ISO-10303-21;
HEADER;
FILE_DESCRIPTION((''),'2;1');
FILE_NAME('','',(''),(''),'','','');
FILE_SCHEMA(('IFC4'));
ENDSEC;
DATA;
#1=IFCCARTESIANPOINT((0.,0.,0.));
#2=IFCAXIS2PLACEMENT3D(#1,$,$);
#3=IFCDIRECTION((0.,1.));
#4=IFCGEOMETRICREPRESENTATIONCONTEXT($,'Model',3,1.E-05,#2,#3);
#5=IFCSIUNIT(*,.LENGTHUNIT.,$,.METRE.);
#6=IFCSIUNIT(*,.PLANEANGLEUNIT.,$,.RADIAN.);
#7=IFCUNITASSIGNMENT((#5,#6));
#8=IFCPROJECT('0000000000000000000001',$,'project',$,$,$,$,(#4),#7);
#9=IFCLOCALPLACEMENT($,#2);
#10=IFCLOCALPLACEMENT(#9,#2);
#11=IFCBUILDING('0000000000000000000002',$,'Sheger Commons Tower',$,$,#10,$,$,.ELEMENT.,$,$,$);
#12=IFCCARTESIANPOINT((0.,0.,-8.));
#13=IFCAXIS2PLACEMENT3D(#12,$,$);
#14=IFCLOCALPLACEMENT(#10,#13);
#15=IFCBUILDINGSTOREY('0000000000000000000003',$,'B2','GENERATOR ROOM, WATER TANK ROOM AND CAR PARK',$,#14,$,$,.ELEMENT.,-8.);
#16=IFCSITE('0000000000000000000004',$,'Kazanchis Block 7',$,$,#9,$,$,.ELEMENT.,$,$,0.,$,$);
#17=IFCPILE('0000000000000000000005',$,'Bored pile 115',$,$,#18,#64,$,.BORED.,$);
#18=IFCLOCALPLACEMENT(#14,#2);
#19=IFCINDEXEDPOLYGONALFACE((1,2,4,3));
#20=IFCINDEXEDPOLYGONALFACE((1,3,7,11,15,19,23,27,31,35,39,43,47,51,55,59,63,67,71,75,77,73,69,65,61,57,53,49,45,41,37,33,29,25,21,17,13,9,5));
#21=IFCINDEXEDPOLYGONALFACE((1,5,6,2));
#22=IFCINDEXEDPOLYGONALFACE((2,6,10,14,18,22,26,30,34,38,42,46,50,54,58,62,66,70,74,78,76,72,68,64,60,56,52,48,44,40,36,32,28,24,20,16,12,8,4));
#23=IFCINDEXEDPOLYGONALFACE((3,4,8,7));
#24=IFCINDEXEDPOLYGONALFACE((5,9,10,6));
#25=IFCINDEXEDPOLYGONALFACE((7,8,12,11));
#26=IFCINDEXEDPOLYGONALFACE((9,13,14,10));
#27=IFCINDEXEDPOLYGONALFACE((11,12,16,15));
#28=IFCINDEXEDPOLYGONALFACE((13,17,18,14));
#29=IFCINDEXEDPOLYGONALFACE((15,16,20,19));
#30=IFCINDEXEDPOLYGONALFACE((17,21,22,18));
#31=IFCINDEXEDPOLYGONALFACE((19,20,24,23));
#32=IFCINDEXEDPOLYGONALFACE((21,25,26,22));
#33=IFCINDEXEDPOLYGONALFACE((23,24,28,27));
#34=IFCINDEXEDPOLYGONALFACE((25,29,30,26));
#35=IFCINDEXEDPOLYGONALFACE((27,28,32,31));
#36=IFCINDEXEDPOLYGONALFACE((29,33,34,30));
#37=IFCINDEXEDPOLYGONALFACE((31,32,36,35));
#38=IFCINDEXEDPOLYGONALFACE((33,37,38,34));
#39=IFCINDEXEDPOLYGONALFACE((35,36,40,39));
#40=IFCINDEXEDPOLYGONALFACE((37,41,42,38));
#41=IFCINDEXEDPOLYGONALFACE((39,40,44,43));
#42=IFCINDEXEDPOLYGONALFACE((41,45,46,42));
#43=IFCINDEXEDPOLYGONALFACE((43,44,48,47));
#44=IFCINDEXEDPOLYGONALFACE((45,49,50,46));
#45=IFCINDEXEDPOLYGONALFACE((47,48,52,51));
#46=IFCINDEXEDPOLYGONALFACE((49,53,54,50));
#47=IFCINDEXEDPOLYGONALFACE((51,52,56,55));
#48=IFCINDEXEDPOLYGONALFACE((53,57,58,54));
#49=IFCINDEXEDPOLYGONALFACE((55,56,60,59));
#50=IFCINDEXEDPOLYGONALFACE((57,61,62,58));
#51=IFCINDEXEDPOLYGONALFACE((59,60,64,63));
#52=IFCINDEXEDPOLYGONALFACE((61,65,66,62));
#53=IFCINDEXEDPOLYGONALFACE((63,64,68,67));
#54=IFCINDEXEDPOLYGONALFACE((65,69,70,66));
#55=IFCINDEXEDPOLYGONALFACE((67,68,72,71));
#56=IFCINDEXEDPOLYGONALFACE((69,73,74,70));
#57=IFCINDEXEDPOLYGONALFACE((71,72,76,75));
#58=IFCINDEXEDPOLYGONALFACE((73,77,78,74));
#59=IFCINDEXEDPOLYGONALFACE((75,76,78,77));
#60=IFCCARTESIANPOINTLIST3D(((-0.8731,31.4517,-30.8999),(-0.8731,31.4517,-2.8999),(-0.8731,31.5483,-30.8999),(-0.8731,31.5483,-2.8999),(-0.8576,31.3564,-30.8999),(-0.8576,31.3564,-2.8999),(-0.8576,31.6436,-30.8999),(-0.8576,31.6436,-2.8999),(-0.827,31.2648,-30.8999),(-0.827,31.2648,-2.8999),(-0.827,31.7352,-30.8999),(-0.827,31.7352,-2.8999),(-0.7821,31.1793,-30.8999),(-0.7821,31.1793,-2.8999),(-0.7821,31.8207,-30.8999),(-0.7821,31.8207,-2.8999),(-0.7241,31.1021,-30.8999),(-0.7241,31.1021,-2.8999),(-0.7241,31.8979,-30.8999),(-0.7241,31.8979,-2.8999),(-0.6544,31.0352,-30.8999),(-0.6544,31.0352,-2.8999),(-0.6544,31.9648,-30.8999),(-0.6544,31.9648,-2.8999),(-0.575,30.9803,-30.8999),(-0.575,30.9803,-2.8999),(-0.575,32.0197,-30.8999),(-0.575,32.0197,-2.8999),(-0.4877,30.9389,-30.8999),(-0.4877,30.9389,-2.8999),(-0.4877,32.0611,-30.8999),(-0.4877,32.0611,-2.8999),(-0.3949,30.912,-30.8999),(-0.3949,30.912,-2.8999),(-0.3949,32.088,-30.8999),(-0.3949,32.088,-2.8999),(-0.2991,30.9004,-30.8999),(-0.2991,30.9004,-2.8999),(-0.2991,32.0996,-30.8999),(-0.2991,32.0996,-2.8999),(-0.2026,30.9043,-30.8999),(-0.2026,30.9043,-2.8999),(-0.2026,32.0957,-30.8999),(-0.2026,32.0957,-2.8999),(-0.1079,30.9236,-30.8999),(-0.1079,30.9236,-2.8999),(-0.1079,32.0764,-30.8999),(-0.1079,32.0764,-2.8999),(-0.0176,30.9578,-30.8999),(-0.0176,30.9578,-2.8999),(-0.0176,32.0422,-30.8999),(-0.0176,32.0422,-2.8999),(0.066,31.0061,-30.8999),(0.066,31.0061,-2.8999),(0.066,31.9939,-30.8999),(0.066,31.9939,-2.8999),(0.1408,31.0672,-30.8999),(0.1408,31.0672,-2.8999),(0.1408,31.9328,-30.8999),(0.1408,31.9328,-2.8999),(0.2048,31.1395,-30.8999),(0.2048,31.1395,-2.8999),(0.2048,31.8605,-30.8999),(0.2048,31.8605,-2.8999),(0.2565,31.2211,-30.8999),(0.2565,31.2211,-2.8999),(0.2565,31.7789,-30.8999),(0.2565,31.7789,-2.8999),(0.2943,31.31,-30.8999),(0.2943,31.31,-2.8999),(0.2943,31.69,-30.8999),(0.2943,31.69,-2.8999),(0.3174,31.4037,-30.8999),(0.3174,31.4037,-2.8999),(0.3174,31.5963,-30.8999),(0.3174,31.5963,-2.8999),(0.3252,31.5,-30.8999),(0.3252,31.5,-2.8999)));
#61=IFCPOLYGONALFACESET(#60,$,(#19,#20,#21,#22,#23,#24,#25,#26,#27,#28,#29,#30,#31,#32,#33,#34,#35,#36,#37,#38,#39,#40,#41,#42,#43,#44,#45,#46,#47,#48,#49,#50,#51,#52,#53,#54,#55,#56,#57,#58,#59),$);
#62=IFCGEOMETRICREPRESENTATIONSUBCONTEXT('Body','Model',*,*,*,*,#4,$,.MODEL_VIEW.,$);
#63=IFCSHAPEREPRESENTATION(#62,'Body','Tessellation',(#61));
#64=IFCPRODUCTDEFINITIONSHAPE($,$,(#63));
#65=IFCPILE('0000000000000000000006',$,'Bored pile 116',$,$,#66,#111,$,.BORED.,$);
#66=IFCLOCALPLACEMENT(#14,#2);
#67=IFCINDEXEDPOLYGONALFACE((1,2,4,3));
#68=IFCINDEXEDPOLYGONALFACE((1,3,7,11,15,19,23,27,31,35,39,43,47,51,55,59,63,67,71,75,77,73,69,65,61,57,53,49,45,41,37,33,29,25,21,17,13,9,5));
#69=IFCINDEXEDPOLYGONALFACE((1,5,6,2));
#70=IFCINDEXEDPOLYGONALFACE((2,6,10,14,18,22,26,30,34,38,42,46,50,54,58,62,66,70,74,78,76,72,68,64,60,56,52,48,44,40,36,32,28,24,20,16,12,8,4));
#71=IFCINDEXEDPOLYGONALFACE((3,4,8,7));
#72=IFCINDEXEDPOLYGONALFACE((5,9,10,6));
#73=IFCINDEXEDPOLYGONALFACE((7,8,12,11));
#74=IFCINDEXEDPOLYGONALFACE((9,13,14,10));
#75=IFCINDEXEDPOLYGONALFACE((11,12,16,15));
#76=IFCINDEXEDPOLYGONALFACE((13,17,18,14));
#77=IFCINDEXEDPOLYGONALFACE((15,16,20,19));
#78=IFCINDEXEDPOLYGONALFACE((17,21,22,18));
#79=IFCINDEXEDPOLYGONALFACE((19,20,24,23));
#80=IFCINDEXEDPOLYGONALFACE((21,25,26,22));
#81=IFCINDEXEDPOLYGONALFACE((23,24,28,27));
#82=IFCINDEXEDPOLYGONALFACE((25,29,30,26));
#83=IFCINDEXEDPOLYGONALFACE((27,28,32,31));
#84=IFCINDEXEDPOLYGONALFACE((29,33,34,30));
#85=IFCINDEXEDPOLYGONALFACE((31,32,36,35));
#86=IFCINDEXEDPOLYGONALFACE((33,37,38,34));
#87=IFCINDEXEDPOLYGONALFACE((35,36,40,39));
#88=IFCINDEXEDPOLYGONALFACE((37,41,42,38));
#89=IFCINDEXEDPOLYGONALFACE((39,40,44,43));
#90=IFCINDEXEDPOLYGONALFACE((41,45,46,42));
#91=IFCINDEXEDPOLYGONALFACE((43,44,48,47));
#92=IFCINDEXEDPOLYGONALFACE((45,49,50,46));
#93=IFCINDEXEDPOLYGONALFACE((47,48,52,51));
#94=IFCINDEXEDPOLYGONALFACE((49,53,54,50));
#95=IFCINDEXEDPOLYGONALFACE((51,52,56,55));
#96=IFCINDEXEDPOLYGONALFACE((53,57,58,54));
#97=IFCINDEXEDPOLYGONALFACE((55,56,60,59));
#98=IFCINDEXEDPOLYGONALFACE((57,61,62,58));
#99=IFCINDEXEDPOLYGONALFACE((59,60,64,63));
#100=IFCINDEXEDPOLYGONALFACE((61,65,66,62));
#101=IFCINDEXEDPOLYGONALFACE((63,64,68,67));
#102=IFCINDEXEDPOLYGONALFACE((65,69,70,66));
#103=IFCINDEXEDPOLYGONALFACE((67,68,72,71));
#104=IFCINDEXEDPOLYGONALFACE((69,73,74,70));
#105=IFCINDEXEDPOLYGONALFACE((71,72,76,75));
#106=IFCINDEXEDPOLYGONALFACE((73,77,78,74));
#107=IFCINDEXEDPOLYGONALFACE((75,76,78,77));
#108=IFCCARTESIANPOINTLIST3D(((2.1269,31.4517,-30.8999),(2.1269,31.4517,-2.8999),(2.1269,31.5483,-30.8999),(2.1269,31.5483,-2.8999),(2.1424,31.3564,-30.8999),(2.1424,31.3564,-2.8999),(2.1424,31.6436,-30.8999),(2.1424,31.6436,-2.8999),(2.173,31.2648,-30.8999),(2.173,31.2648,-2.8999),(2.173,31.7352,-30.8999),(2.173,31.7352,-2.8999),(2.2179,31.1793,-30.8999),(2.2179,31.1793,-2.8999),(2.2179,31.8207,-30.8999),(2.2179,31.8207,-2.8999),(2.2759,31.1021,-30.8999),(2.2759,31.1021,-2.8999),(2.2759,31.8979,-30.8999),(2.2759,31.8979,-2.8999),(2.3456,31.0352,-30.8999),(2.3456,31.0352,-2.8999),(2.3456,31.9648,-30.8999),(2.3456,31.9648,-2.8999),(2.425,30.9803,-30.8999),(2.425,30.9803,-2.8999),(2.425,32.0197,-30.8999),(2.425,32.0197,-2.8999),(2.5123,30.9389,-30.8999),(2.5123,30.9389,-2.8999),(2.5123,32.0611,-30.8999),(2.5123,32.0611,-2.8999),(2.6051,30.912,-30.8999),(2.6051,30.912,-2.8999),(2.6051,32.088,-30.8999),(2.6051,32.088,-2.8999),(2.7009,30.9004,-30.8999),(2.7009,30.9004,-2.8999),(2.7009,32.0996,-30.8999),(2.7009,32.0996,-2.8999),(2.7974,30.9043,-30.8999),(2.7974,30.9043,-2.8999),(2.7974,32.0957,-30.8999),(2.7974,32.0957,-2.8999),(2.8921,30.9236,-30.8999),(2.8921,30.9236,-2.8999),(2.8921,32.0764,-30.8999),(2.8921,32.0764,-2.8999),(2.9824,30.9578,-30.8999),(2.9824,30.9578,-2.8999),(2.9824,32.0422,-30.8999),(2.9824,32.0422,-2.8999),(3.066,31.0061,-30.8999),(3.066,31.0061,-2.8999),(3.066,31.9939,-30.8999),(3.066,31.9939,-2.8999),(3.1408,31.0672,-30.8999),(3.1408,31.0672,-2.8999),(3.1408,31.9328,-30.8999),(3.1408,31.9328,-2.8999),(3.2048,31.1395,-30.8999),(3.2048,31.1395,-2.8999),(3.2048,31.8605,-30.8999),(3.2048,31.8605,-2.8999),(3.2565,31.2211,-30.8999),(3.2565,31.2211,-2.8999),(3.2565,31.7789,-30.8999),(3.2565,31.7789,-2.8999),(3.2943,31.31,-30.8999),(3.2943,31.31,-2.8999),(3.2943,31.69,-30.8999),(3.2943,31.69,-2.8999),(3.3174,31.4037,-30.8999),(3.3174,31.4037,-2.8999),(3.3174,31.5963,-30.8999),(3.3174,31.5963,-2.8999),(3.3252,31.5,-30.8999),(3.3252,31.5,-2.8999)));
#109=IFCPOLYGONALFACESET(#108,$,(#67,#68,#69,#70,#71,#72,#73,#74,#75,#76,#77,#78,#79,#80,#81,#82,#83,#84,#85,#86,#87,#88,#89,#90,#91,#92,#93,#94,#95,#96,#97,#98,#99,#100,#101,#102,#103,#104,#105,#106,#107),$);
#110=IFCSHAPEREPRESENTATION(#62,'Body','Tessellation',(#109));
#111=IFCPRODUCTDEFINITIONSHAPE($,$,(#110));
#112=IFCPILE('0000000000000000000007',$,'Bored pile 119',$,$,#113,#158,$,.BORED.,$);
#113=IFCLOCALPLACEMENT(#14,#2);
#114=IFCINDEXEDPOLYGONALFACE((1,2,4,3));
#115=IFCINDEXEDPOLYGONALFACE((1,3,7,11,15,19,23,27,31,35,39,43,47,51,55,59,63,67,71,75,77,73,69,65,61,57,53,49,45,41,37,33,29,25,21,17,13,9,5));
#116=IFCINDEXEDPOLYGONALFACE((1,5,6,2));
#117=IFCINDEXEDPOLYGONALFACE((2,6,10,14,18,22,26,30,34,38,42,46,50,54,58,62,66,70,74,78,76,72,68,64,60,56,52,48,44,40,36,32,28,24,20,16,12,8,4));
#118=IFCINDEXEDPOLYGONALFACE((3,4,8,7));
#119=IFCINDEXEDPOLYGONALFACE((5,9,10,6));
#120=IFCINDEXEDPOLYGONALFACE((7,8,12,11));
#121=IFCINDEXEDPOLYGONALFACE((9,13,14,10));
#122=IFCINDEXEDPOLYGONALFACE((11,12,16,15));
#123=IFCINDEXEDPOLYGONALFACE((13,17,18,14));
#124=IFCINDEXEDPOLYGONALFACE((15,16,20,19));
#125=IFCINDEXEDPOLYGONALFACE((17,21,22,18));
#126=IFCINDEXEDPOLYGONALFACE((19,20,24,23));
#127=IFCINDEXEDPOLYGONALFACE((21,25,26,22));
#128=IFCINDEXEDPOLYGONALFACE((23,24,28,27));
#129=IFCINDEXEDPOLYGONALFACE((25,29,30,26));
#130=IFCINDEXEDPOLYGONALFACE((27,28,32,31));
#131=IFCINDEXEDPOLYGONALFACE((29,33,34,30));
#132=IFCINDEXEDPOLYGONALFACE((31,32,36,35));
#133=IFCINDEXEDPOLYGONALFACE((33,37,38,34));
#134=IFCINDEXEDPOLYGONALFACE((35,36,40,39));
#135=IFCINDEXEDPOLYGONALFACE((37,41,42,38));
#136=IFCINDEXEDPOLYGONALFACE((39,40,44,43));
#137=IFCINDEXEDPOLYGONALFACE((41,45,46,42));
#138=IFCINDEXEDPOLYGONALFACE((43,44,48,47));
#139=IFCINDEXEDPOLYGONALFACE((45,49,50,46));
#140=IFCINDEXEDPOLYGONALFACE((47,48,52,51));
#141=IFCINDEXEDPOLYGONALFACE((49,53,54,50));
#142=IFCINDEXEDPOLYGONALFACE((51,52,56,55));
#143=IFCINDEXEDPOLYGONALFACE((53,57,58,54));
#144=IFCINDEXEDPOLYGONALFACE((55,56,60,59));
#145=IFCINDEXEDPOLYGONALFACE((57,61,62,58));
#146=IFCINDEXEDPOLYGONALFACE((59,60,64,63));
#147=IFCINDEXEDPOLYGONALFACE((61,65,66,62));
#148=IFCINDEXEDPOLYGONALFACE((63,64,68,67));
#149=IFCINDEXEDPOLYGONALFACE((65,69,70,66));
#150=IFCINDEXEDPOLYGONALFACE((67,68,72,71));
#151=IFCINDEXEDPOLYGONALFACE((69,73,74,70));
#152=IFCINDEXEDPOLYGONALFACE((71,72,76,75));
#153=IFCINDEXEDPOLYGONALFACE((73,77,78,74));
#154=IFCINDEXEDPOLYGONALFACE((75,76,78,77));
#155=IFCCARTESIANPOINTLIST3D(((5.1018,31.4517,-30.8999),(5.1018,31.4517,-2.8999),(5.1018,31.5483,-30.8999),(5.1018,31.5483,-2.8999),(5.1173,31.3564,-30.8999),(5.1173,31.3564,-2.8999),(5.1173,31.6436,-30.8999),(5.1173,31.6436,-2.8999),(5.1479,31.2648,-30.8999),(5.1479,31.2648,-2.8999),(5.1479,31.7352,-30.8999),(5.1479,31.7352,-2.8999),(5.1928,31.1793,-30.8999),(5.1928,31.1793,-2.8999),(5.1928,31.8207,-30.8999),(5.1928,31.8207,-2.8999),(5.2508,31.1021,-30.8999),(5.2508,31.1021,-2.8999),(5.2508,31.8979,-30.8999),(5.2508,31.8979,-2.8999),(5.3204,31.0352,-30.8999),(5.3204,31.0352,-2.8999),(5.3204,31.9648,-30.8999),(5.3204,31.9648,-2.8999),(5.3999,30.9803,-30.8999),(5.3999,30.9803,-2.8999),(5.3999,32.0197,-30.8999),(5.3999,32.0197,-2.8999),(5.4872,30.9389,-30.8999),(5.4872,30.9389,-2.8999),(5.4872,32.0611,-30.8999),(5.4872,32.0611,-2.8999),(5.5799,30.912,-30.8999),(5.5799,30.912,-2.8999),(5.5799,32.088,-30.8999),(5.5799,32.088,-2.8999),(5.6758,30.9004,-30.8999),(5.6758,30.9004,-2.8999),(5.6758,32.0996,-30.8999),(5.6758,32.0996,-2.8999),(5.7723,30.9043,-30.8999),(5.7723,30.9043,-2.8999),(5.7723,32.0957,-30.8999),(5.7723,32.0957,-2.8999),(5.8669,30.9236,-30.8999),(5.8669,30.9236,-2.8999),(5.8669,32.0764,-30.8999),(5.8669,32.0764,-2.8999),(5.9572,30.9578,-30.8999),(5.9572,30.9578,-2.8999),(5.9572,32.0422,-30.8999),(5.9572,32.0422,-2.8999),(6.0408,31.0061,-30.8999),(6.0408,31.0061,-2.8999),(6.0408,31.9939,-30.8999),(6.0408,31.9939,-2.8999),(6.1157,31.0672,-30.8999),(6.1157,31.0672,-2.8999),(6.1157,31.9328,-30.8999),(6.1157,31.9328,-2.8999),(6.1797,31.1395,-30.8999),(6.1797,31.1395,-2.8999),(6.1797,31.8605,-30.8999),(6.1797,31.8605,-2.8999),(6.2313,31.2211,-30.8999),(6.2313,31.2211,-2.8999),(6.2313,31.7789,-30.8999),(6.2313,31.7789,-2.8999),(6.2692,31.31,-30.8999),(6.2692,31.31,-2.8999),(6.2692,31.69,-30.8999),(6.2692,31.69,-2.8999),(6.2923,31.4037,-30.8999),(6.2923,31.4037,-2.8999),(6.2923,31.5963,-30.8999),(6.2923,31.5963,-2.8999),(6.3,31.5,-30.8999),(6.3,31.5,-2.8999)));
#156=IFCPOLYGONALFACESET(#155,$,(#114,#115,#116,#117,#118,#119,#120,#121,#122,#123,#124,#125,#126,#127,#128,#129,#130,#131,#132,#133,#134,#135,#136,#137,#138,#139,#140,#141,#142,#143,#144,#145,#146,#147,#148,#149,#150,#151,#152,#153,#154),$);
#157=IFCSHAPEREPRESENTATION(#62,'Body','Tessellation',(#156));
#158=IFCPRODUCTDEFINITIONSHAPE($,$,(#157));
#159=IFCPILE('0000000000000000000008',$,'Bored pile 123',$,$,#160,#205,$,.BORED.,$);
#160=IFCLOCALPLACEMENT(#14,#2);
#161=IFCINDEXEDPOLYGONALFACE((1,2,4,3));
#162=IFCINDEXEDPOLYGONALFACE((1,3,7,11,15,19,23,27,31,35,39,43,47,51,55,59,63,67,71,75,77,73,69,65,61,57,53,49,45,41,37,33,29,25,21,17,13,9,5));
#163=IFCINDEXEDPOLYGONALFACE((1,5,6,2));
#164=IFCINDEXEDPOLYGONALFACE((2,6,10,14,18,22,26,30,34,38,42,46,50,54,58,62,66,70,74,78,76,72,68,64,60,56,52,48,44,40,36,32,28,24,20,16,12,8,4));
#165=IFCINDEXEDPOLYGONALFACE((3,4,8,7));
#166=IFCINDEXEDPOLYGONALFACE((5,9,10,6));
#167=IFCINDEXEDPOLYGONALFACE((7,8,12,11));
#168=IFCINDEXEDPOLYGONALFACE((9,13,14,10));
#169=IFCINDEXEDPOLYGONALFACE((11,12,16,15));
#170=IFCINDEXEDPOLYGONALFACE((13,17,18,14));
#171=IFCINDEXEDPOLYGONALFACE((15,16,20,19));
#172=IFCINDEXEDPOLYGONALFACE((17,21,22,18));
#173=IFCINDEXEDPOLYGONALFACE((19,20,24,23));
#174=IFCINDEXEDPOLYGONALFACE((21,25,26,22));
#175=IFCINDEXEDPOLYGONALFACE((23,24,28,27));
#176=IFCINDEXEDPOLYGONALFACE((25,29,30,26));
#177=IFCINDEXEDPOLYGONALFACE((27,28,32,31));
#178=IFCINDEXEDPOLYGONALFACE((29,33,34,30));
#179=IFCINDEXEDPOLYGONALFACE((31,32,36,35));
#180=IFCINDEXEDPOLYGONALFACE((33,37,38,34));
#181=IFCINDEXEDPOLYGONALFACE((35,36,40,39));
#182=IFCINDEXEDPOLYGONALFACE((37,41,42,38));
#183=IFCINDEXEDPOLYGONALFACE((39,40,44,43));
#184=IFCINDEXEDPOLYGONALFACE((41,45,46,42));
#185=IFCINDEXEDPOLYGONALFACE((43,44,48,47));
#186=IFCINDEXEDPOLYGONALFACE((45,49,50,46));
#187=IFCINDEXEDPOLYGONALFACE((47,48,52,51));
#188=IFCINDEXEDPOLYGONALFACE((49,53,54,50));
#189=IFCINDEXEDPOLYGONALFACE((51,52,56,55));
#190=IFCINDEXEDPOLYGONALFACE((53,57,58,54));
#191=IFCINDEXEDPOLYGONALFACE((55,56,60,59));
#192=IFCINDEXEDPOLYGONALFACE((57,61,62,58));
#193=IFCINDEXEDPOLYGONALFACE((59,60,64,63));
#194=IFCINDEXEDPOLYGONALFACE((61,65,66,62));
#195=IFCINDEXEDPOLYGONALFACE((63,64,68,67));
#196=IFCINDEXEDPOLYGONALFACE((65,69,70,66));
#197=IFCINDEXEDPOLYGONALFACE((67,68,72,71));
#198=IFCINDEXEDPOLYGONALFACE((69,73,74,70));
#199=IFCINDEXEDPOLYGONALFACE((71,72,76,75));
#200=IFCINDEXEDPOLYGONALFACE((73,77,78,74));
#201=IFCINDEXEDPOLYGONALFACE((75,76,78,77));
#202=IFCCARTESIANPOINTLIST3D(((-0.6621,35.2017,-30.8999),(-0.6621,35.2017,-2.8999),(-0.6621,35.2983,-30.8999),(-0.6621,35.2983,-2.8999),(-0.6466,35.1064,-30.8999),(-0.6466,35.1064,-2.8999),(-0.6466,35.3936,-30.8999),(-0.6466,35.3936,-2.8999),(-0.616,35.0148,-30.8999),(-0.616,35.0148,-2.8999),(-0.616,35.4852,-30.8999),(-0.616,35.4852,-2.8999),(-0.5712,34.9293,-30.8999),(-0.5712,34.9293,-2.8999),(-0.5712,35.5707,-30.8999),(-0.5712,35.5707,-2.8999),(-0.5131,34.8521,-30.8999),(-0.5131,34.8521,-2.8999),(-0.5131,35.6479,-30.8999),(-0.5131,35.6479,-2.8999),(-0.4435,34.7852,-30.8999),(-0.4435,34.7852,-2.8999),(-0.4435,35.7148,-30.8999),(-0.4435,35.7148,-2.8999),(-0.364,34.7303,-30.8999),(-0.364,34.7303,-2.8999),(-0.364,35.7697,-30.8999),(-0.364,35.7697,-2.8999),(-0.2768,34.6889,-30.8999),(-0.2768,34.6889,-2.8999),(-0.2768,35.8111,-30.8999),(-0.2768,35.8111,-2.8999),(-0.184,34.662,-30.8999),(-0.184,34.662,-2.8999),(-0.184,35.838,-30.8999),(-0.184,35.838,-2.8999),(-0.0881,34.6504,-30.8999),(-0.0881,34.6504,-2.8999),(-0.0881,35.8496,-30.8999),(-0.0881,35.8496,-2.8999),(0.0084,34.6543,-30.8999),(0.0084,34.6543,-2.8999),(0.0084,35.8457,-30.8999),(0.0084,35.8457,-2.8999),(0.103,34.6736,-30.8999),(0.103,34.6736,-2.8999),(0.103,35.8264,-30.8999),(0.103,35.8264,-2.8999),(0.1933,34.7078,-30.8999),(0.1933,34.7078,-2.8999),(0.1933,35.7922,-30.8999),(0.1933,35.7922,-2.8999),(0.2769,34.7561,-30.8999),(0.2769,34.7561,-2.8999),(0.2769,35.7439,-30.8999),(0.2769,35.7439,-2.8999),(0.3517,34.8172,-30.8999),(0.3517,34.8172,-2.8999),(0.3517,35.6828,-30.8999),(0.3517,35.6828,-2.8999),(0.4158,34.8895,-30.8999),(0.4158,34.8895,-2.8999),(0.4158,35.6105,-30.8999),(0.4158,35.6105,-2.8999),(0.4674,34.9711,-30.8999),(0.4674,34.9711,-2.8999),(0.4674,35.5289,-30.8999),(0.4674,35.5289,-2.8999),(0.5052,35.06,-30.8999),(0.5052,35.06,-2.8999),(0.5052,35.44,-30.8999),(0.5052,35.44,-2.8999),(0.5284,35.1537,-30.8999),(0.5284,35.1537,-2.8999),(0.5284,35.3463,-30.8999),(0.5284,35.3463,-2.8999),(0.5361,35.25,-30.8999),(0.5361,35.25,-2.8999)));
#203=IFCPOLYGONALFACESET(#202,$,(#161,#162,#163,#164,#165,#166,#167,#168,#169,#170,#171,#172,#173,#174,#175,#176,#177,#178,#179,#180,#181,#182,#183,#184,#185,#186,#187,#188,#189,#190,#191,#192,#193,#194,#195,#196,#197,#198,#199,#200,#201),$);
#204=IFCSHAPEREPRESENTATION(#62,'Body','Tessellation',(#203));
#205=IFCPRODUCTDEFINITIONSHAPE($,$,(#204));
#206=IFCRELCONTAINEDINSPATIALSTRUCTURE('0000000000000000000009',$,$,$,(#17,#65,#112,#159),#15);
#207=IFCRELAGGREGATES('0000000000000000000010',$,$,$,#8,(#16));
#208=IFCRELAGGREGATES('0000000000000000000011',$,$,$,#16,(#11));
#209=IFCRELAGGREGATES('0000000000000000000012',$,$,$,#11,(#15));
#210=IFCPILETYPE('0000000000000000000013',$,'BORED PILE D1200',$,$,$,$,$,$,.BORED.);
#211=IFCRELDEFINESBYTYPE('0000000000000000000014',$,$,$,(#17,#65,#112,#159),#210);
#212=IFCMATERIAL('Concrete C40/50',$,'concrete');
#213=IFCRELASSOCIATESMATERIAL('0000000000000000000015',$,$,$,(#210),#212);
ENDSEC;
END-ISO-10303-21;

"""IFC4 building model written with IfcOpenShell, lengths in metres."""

from ifc_helpers import new_model, si_unit, direction, frame, origin, origin_2d, place, context, subcontext, project, spatial, circle, extrude, material, material_profile, profile_set, type_object, element, save


model = new_model("IFC4")

# Units and contexts
model_context = context("Model", 3, precision=1e-05, world=origin(), true_north=direction((0.0, 1.0)))
body_context = subcontext(model_context, "Body", "Model", "MODEL_VIEW")
ifc_project = project(units=[si_unit("LENGTHUNIT", "METRE"), si_unit("PLANEANGLEUNIT", "RADIAN")], contexts=[model_context])

# Site, building, storey
site_placement = place(None, origin())
site = spatial("IfcSite", under=ifc_project, at=site_placement, Name="Kazanchis Block 7", CompositionType="ELEMENT", RefElevation=0.0)
building_placement = place(site_placement, origin())
building = spatial("IfcBuilding", under=site, at=building_placement, Name="Sheger Commons Tower", CompositionType="ELEMENT")
storey_placement = place(building_placement, frame((0.0, 0.0, -8.0)))
storey = spatial("IfcBuildingStorey", under=building, at=storey_placement, Name="B2", Description="GENERATOR ROOM, WATER TANK ROOM AND CAR PARK", CompositionType="ELEMENT", Elevation=-8.0)

# Piles
ifc_material_1 = material(Name="Concrete C40/50", Category="concrete")
ifc_material_profile_1 = material_profile(ifc_material_1, circle(Radius=0.6001, at=origin_2d()), Name="PILE D1200")
ifc_profile_set_1 = profile_set([ifc_material_profile_1], Name="Concrete C40/50")
pile_type = type_object("IfcPileType", Name="BORED PILE D1200", PredefinedType="BORED", material=ifc_profile_set_1)
for number, where, z_axis, x_axis, name in (
    (1, (-0.2749, 31.5, -2.8999), (0.0, 0.0, -1.0), (1.0, 0.0, 0.0), "Bored pile 115"),
    (2, (2.7251, 31.5, -2.8999), (0.0, 0.0, -1.0), (1.0, 0.0, 0.0), "Bored pile 116"),
    (3, (5.7, 31.5, -2.8999), (0.0, 0.0, -1.0), (1.0, 0.0, 0.0), "Bored pile 119"),
    (4, (-0.064, 35.25, -2.8999), (0.0, 0.0, -1.0), (1.0, 0.0, 0.0), "Bored pile 123"),
):
    element("IfcPile", number, at=place(storey_placement, frame(where, z_axis=z_axis, x_axis=x_axis)), inside=storey, type_object=pile_type, Name=name, PredefinedType="BORED", context=body_context, shape_type="SweptSolid", body=[
        extrude(circle(Radius=0.6001, at=origin_2d()), origin(), (0.0, 0.0, 1.0), 28.0),
    ])

save(model, "model.ifc")
